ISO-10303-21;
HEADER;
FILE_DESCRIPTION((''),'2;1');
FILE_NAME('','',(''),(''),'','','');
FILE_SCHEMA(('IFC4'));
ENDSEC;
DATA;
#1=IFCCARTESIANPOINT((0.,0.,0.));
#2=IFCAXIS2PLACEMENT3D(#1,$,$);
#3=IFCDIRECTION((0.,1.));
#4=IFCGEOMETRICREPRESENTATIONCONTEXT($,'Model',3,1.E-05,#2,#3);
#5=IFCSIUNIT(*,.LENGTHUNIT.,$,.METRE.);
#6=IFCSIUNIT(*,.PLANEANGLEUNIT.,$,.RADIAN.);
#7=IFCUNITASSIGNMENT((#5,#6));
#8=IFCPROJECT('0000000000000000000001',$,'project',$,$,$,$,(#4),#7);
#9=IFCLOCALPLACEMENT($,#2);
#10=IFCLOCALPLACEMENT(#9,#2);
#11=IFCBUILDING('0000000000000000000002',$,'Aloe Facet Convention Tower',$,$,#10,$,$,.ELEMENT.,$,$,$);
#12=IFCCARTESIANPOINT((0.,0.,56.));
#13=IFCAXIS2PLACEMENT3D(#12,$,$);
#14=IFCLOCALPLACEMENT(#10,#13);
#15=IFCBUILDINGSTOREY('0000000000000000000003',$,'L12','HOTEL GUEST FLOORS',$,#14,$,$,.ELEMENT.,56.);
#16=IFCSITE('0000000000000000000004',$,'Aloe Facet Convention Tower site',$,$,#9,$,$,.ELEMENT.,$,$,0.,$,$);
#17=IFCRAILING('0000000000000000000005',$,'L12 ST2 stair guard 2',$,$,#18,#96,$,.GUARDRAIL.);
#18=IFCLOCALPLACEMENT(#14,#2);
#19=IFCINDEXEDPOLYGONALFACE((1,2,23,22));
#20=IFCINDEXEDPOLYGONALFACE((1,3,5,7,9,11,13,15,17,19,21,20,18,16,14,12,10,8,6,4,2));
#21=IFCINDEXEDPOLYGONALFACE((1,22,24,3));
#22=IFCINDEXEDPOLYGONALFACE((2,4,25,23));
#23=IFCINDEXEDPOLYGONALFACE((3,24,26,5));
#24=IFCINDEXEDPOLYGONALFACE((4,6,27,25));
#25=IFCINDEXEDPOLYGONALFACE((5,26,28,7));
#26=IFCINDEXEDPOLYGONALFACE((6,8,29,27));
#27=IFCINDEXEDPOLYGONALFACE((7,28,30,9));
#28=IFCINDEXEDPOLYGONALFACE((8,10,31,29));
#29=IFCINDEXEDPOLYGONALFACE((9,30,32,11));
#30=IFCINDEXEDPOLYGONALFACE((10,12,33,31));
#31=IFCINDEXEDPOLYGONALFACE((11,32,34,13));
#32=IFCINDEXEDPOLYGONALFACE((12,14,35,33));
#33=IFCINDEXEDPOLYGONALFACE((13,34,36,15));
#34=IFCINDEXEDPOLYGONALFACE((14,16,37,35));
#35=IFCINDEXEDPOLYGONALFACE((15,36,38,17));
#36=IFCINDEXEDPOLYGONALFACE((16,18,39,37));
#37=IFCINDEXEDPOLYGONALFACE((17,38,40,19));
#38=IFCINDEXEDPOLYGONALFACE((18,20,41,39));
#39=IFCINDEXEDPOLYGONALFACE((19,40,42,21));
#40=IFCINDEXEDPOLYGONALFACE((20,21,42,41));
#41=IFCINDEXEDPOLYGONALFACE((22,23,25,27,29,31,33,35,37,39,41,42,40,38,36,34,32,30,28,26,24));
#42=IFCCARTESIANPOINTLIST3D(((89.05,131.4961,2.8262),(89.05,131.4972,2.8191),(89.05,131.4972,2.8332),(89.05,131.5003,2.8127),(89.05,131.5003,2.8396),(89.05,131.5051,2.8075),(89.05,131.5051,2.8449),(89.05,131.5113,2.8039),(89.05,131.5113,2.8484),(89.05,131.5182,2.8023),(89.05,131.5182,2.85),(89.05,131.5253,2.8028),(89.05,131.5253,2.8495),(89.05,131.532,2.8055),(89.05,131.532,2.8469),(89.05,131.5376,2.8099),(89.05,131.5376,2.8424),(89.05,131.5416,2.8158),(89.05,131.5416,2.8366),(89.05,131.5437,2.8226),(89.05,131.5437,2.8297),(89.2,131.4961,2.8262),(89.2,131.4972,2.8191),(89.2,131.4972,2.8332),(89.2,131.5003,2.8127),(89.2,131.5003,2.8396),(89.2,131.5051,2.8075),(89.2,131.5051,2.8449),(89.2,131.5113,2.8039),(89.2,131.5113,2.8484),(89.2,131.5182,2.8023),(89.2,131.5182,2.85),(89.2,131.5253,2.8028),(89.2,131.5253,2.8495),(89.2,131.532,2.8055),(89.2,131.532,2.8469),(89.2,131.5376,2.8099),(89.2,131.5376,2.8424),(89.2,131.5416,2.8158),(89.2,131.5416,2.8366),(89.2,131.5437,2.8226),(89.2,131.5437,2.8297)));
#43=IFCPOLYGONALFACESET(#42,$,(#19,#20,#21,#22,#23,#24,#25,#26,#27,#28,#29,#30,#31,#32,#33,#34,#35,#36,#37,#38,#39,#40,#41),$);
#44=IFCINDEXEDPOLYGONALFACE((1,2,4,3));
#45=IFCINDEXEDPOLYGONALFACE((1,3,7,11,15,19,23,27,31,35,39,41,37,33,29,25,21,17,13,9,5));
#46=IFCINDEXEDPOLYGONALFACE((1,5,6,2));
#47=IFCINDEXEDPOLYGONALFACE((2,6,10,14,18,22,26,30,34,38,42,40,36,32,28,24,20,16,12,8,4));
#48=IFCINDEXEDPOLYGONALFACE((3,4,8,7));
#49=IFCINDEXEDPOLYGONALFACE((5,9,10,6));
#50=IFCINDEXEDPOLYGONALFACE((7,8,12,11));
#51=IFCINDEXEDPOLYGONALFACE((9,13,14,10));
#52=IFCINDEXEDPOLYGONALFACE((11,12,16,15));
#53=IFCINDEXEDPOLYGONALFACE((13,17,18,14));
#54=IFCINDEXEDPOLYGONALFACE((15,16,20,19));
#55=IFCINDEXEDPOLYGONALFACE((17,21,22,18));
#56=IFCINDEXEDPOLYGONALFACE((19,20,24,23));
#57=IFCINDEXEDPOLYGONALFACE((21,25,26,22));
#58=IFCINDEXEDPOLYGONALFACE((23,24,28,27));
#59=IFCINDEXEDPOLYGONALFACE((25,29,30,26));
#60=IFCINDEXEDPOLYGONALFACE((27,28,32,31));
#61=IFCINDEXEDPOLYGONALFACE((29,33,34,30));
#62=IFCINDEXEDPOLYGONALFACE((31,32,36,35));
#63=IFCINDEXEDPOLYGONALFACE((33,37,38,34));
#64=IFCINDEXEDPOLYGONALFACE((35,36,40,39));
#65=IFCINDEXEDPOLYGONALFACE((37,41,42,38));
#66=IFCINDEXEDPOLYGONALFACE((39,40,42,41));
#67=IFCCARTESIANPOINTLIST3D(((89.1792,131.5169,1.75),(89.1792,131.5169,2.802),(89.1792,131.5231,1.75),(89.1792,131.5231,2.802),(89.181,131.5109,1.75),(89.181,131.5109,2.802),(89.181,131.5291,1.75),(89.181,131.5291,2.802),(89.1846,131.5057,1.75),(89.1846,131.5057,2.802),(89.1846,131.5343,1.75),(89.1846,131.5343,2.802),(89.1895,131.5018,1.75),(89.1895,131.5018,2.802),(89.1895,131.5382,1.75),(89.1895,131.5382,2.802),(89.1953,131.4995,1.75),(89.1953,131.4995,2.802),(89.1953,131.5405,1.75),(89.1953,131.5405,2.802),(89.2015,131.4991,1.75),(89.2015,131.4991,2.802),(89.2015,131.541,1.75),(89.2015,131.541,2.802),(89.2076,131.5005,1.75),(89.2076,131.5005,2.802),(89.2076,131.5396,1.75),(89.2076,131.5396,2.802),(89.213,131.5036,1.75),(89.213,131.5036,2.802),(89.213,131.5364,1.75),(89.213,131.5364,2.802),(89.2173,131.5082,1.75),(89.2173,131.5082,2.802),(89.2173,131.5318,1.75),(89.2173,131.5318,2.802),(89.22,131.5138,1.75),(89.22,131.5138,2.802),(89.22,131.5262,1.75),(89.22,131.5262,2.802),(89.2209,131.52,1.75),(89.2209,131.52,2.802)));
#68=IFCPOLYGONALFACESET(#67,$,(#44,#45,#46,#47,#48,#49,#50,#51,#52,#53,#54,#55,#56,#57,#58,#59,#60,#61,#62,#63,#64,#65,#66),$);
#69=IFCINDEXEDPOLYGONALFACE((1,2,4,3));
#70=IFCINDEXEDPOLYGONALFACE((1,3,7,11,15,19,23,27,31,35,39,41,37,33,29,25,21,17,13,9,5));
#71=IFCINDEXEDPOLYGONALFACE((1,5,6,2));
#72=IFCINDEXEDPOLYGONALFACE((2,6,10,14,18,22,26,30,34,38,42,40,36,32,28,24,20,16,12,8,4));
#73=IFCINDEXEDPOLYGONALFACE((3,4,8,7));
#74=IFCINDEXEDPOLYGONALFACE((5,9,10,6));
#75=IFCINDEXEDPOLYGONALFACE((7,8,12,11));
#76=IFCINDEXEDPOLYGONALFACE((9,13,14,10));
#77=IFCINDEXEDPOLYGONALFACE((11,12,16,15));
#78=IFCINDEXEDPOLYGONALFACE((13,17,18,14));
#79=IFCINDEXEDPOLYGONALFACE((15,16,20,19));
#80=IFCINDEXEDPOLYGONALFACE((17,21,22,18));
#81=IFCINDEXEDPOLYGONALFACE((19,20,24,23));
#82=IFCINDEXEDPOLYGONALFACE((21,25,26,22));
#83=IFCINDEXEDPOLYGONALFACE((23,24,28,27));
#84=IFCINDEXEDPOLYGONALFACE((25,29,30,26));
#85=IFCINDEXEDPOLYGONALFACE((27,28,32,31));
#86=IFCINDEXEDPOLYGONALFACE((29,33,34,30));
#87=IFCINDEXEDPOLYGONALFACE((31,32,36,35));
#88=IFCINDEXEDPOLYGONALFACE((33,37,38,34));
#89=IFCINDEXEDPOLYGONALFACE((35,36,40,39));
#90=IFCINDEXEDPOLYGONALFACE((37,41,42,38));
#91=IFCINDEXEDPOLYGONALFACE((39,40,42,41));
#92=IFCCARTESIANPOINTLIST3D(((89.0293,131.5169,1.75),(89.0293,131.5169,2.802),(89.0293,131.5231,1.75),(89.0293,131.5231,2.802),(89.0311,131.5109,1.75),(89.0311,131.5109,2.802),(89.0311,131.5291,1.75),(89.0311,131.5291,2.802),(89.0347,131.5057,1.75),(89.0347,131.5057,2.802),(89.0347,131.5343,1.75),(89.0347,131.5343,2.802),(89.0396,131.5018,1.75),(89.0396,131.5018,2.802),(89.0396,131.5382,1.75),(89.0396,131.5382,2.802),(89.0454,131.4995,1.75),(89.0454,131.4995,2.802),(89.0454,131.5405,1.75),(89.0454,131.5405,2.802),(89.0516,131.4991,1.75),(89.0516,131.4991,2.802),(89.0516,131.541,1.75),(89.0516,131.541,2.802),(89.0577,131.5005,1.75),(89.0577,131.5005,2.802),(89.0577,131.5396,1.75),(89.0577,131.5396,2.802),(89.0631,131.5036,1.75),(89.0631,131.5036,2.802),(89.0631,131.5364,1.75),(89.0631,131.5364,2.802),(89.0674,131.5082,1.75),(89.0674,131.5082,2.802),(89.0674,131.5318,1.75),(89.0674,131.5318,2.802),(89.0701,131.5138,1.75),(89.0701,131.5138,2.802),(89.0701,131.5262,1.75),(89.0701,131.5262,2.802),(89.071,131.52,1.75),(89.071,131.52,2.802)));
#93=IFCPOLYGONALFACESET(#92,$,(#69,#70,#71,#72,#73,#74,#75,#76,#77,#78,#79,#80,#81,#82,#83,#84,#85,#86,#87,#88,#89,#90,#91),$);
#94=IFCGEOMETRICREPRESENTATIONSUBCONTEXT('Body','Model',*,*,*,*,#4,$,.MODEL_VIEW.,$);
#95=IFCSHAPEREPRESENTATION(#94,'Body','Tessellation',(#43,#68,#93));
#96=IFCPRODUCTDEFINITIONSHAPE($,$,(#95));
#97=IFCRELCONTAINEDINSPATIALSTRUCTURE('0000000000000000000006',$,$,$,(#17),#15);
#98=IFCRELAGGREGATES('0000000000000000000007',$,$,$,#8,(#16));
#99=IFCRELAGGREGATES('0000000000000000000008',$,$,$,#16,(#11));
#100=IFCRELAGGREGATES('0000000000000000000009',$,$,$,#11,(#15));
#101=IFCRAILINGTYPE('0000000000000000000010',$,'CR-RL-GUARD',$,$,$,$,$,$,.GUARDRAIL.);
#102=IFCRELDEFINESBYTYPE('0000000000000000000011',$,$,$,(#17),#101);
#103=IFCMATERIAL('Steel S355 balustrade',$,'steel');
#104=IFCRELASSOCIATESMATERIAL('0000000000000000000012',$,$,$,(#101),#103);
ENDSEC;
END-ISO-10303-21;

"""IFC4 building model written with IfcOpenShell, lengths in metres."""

from ifc_helpers import new_model, si_unit, direction, frame, origin, origin_2d, place, context, subcontext, project, spatial, circle, extrude, material, type_object, element, save


model = new_model("IFC4")

# Units and contexts
model_context = context("Model", 3, precision=1e-05, world=origin(), true_north=direction((0.0, 1.0)))
body_context = subcontext(model_context, "Body", "Model", "MODEL_VIEW")
ifc_project = project(units=[si_unit("LENGTHUNIT", "METRE"), si_unit("PLANEANGLEUNIT", "RADIAN")], contexts=[model_context])

# Site, building, storey
site_placement = place(None, origin())
site = spatial("IfcSite", under=ifc_project, at=site_placement, Name="Aloe Facet Convention Tower site", CompositionType="ELEMENT", RefElevation=0.0)
building_placement = place(site_placement, origin())
building = spatial("IfcBuilding", under=site, at=building_placement, Name="Aloe Facet Convention Tower", CompositionType="ELEMENT")
storey_placement = place(building_placement, frame((0.0, 0.0, 56.0)))
storey = spatial("IfcBuildingStorey", under=building, at=storey_placement, Name="L12", Description="HOTEL GUEST FLOORS", CompositionType="ELEMENT", Elevation=56.0)

# Railing
ifc_material_1 = material(Name="Steel S355 balustrade", Category="steel")
railing_type_1 = type_object("IfcRailingType", Name="CR-RL-GUARD", PredefinedType="GUARDRAIL", material=ifc_material_1)
railing_1_placement = place(storey_placement, frame((89.2, 131.52, 1.75)))
element("IfcRailing", 1, at=railing_1_placement, inside=storey, type_object=railing_type_1, Name="L12 ST2 stair guard 2", PredefinedType="GUARDRAIL", context=body_context, shape_type="SweptSolid", body=[
    extrude(circle(Radius=0.0239, at=origin_2d()), frame((0.0, 0.0, 1.0762), z_axis=(-1.0, 0.0, 0.0), x_axis=(0.0, -1.0, 0.0)), (0.0, 0.0, 1.0), 0.1499),
    extrude(circle(Radius=0.021, at=origin_2d()), origin(), (0.0, 0.0, 1.0), 1.052),
    extrude(circle(Radius=0.021, at=origin_2d()), frame((-0.1499, 0.0, 0.0)), (0.0, 0.0, 1.0), 1.052),
])

save(model, "model.ifc")
